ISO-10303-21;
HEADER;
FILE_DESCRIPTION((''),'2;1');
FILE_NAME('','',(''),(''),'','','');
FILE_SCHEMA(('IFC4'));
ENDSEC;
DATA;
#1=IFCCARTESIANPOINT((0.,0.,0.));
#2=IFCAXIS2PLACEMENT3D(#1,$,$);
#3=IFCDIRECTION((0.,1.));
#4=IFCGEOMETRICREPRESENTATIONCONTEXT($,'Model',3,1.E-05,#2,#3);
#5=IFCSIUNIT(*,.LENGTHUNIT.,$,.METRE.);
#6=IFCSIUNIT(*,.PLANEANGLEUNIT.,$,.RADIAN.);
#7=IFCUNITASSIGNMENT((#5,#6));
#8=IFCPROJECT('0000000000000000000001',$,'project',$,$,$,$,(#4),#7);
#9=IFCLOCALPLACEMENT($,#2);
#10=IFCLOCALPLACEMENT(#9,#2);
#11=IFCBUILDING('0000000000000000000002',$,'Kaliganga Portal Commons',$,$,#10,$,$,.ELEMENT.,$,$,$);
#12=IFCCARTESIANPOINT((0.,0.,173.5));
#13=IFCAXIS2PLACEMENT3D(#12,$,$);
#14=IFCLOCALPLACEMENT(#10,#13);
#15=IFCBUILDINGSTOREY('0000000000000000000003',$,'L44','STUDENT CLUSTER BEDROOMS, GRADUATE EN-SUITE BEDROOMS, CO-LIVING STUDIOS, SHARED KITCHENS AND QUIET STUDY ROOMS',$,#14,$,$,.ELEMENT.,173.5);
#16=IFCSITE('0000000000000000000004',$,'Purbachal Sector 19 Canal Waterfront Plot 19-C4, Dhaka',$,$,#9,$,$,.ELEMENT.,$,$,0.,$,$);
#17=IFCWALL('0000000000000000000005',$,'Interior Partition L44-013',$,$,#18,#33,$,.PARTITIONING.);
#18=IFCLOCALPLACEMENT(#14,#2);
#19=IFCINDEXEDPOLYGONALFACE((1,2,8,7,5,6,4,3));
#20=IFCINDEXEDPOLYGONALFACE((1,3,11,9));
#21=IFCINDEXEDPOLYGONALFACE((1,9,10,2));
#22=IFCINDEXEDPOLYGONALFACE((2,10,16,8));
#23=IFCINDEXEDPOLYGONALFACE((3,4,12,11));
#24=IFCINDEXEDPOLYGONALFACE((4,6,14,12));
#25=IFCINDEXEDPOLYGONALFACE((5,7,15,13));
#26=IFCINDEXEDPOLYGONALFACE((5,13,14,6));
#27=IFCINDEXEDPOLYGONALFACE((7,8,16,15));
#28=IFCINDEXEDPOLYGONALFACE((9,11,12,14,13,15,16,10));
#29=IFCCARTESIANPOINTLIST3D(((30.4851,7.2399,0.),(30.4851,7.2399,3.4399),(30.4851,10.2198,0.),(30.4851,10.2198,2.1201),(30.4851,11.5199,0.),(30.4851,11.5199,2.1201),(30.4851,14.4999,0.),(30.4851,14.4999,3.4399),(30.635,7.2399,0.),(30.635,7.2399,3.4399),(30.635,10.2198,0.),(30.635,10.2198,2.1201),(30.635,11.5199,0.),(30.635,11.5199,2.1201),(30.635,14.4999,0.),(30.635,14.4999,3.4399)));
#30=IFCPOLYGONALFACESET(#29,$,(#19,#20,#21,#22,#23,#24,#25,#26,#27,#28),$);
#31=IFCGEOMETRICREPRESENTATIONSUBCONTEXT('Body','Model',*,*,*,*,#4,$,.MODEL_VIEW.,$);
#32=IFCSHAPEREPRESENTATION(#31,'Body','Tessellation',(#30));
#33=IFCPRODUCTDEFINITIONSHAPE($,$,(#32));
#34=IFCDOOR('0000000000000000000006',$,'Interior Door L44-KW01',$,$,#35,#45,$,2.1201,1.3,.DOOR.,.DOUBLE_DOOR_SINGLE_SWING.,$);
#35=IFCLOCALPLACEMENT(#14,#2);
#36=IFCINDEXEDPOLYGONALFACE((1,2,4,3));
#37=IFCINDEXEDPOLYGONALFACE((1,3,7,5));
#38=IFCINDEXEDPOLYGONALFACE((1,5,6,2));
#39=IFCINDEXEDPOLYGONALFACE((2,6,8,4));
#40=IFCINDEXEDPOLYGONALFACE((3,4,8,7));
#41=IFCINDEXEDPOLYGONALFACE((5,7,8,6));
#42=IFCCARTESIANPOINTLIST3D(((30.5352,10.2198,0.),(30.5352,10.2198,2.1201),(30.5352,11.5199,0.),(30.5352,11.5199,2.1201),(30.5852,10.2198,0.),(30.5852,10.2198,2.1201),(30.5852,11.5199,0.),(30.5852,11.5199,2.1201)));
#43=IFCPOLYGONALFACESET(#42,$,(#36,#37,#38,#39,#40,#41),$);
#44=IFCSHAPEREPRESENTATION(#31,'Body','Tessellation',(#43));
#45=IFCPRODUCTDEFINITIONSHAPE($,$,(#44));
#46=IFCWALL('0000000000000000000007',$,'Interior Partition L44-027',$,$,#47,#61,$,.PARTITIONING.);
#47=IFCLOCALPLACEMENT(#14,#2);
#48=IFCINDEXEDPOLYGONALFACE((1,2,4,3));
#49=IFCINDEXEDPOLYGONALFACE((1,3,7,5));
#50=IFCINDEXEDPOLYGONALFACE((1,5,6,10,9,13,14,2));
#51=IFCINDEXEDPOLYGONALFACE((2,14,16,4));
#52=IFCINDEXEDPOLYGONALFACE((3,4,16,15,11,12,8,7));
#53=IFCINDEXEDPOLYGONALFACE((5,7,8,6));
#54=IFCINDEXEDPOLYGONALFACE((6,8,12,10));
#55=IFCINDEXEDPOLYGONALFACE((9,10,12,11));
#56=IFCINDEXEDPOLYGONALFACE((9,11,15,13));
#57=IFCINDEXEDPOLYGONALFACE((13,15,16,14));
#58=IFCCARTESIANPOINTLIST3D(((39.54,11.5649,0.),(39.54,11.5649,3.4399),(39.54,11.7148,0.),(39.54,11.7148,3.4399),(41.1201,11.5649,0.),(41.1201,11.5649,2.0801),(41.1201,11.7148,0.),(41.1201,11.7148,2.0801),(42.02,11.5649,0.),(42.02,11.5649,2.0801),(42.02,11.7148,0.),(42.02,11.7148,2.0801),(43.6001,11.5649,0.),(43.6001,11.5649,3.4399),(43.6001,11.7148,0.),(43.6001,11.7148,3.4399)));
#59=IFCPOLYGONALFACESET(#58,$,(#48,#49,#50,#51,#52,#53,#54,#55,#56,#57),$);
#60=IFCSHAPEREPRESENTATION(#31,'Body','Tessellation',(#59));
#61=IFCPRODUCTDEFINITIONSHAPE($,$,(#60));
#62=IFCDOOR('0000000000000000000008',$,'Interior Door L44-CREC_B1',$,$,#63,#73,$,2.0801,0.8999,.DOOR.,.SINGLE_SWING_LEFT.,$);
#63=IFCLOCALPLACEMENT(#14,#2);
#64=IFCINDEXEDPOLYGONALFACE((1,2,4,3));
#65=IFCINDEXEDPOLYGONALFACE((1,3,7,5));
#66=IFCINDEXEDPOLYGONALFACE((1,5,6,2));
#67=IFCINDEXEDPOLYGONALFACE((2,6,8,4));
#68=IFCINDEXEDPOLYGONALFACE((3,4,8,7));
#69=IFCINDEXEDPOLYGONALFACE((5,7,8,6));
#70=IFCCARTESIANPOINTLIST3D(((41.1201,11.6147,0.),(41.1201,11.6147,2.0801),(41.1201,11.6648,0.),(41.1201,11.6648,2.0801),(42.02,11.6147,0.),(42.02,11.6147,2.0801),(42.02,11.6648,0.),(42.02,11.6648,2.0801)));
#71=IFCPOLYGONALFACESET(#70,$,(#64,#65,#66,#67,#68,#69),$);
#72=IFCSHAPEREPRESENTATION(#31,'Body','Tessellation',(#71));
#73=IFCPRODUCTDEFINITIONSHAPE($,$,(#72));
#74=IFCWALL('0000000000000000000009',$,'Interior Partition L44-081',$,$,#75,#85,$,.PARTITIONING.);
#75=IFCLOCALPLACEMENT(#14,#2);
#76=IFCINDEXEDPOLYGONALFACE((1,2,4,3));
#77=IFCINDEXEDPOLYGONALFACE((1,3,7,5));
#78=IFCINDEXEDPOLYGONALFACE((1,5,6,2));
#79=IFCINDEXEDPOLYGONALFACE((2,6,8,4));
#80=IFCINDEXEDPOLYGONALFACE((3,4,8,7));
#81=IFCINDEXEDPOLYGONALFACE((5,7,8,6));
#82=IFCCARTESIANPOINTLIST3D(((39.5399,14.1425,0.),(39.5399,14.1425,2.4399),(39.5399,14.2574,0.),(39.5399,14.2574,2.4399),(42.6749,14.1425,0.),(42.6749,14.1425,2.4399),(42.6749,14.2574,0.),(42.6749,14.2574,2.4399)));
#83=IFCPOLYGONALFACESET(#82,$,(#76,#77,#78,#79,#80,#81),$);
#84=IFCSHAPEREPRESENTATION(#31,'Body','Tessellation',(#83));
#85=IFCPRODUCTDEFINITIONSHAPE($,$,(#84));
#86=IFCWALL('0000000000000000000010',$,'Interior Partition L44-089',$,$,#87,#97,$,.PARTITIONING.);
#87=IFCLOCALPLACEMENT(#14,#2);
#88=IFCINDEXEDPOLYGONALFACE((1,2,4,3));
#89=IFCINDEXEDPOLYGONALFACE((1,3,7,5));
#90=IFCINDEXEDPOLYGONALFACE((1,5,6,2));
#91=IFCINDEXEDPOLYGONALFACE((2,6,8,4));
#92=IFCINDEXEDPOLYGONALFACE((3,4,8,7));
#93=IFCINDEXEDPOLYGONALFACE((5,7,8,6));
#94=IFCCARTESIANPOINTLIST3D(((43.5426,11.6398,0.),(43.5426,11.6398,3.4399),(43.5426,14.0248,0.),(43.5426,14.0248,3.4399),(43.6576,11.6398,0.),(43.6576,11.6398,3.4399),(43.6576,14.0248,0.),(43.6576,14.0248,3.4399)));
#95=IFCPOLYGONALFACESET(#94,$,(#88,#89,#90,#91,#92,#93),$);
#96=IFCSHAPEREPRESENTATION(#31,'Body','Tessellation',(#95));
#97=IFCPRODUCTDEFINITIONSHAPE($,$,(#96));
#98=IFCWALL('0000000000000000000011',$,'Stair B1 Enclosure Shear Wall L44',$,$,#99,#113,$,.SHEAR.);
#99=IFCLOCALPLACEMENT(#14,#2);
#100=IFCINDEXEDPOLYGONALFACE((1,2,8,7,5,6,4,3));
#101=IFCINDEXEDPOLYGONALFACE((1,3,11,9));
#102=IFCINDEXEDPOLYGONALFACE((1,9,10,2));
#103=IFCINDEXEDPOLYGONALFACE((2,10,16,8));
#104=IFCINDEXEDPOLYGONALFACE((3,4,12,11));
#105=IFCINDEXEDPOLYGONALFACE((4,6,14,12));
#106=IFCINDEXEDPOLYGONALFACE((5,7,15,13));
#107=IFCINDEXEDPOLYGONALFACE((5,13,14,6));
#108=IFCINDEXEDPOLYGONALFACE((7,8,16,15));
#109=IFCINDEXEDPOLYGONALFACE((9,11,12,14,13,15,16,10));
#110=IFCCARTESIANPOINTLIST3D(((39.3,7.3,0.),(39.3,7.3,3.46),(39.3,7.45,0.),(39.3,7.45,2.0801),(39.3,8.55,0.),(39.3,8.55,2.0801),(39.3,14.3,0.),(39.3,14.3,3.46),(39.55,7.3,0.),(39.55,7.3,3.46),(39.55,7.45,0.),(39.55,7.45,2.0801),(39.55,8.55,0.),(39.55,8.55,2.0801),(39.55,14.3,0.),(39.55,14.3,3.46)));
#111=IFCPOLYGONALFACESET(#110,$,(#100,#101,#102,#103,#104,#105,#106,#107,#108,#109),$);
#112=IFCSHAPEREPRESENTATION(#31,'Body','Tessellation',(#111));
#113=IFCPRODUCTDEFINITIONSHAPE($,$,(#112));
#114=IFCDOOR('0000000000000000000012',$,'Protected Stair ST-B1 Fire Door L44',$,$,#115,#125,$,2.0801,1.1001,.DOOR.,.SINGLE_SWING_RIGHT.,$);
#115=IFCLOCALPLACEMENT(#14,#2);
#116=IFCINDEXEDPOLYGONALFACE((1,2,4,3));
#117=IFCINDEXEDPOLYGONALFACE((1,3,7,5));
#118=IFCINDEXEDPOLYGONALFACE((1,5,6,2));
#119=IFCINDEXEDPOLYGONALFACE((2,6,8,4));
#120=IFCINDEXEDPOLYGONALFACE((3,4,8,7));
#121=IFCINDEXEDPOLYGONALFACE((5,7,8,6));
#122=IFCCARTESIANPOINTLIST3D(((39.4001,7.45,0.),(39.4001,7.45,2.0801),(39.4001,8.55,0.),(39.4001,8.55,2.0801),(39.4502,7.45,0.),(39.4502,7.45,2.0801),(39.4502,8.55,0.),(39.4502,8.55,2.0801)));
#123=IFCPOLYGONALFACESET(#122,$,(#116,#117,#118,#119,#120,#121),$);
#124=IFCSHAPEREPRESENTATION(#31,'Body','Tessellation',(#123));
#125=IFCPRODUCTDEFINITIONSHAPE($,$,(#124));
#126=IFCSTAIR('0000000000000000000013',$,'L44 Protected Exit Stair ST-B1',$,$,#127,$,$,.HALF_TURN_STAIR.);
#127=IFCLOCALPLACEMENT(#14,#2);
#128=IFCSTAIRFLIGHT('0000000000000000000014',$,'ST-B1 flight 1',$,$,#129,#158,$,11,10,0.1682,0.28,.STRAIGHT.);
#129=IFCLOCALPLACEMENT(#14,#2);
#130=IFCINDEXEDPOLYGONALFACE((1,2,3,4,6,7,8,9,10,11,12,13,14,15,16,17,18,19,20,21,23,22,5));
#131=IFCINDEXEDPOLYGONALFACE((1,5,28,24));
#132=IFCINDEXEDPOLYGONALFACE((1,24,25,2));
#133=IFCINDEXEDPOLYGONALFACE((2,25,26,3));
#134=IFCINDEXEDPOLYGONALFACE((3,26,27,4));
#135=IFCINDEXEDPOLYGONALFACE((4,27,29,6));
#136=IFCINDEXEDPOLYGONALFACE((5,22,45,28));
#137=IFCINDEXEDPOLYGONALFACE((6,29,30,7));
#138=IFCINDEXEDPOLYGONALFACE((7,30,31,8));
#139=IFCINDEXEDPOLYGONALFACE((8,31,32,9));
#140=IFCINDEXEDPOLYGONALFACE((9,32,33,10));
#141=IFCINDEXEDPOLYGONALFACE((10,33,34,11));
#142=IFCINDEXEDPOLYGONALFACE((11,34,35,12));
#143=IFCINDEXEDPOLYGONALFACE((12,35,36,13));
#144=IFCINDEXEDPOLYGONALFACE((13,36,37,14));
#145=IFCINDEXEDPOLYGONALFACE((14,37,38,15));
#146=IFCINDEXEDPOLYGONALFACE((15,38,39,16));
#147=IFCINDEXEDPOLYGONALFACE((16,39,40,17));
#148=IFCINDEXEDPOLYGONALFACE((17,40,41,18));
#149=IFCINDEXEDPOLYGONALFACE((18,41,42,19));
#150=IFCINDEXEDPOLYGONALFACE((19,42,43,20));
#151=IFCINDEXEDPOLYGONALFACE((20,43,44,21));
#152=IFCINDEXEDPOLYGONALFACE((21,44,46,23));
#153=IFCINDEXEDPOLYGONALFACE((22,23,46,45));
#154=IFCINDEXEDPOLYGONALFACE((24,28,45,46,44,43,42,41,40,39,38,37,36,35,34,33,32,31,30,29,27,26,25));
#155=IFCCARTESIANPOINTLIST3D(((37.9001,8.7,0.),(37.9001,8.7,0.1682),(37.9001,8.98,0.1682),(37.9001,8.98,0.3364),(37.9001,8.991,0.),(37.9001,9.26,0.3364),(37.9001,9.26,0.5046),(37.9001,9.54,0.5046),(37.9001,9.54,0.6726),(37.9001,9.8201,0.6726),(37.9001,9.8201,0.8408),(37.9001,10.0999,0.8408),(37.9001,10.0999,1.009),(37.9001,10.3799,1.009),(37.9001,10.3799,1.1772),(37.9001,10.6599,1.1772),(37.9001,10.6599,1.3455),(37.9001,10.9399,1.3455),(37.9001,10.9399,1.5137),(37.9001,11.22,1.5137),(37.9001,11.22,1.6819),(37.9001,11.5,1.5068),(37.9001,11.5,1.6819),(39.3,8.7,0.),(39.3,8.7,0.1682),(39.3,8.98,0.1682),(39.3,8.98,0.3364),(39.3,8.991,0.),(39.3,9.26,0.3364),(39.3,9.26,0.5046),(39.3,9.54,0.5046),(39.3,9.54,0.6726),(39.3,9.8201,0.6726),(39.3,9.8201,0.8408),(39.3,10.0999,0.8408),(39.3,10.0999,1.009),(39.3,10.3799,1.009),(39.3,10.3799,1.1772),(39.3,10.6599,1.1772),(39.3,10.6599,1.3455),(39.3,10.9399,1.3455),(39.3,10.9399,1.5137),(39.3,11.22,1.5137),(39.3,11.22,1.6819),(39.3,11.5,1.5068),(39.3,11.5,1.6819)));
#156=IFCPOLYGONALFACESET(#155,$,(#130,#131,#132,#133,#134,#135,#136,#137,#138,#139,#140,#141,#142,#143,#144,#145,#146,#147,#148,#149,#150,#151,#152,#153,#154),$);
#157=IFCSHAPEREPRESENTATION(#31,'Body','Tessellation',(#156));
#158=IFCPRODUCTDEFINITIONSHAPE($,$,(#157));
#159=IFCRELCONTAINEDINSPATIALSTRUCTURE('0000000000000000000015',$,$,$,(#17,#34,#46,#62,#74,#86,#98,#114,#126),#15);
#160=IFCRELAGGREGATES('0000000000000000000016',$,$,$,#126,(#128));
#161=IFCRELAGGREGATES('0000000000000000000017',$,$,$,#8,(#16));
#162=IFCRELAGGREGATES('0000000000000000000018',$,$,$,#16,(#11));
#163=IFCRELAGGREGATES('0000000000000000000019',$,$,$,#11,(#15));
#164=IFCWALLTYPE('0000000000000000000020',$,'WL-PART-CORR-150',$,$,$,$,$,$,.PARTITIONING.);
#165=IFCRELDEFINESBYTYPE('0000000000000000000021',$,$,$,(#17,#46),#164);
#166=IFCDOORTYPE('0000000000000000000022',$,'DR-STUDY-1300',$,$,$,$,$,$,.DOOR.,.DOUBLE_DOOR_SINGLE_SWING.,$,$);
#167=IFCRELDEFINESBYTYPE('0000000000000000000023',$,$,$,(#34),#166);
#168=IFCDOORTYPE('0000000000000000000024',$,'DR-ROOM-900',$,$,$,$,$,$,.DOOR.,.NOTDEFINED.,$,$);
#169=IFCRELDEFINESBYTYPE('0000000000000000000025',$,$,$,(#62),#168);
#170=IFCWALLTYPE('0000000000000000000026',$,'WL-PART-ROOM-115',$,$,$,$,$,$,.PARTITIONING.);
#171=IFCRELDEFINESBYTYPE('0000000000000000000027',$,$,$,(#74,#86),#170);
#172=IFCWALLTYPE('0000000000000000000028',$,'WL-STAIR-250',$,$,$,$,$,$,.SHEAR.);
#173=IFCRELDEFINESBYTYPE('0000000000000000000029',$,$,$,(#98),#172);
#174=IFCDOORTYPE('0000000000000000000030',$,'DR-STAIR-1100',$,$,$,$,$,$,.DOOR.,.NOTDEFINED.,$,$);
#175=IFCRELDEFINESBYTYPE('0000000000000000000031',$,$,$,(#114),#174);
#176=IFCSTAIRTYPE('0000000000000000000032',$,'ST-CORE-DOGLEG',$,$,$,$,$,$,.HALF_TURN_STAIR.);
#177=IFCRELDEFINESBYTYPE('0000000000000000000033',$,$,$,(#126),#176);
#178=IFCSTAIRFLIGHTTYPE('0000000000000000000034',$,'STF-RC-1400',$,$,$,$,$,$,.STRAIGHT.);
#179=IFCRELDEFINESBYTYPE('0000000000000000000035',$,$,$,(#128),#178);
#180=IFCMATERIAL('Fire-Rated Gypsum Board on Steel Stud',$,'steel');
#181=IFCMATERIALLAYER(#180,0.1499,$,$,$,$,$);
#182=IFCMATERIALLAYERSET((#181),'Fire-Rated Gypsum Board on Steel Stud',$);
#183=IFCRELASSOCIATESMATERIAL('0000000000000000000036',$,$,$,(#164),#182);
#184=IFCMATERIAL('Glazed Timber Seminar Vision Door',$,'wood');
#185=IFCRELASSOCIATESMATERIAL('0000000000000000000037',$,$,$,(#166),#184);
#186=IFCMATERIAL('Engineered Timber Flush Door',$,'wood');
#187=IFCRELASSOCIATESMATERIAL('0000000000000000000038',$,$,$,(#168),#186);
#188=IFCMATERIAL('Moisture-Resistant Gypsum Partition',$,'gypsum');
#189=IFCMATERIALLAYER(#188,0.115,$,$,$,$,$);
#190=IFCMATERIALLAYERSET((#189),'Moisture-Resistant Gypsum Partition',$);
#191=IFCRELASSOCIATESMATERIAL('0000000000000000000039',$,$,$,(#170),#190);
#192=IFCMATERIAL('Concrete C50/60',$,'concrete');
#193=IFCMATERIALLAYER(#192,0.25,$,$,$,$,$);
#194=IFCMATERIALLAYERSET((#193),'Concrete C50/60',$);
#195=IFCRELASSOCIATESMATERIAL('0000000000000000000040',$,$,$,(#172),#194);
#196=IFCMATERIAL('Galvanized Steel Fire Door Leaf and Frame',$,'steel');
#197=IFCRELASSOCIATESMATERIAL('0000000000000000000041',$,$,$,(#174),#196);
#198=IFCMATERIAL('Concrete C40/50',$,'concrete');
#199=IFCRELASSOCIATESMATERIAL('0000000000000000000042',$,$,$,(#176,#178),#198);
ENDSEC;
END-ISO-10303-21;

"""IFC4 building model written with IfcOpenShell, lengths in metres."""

from ifc_helpers import new_model, si_unit, direction, frame, frame_2d, origin, place, context, subcontext, project, spatial, polyline, rectangle, outline, extrude, material, layer, layer_set, type_object, element, fill, aggregate, save


model = new_model("IFC4")

# Units and contexts
model_context = context("Model", 3, precision=1e-05, world=origin(), true_north=direction((0.0, 1.0)))
body_context = subcontext(model_context, "Body", "Model", "MODEL_VIEW")
ifc_project = project(units=[si_unit("LENGTHUNIT", "METRE"), si_unit("PLANEANGLEUNIT", "RADIAN")], contexts=[model_context])

# Site, building, storey
site_placement = place(None, origin())
site = spatial("IfcSite", under=ifc_project, at=site_placement, Name="Purbachal Sector 19 Canal Waterfront Plot 19-C4, Dhaka", CompositionType="ELEMENT", RefElevation=0.0)
building_placement = place(site_placement, origin())
building = spatial("IfcBuilding", under=site, at=building_placement, Name="Kaliganga Portal Commons", CompositionType="ELEMENT")
storey_placement = place(building_placement, frame((0.0, 0.0, 173.5)))
storey = spatial("IfcBuildingStorey", under=building, at=storey_placement, Name="L44", Description="STUDENT CLUSTER BEDROOMS, GRADUATE EN-SUITE BEDROOMS, CO-LIVING STUDIOS, SHARED KITCHENS AND QUIET STUDY ROOMS", CompositionType="ELEMENT", Elevation=173.5)

# Shared definitions
ifc_material_1 = material(Name="Concrete C50/60", Category="concrete")

# Walls, openings, doors
ifc_material_2 = material(Name="Fire-Rated Gypsum Board on Steel Stud", Category="steel")
ifc_layer_1 = layer(ifc_material_2, 0.1499)
ifc_layer_set_1 = layer_set([ifc_layer_1], Name="Fire-Rated Gypsum Board on Steel Stud")
wall_type_1 = type_object("IfcWallType", Name="WL-PART-CORR-150", PredefinedType="PARTITIONING", material=ifc_layer_set_1)
wall_1_placement = place(storey_placement, frame((30.5601, 7.24, 0.0), z_axis=(0.0, 0.0, 1.0), x_axis=(0.0, 1.0, 0.0)))
wall_1 = element("IfcWall", 1, at=wall_1_placement, inside=storey, type_object=wall_type_1, Name="Interior Partition L44-013", PredefinedType="PARTITIONING", context=body_context, shape_type="SweptSolid", body=[
    extrude(rectangle(XDim=7.26, YDim=0.1499, at=frame_2d((3.6299, 0.0))), origin(), (0.0, 0.0, 1.0), 3.4399),
])
opening_1_placement = place(wall_1_placement, frame((2.98, 0.0, 0.0)))
opening_1 = element("IfcOpeningElement", 2, at=opening_1_placement, cuts=wall_1, PredefinedType="OPENING", context=body_context, shape_type="SweptSolid", body=[
    extrude(rectangle(XDim=1.3, YDim=2.1201, at=frame_2d((0.6499, 1.0601))), frame((0.0, 0.085, 0.0), z_axis=(0.0, -1.0, 0.0), x_axis=(1.0, 0.0, 0.0)), (0.0, 0.0, 1.0), 0.1699),
])
ifc_material_3 = material(Name="Glazed Timber Seminar Vision Door", Category="wood")
door_type_1 = type_object("IfcDoorType", Name="DR-STUDY-1300", OperationType="DOUBLE_DOOR_SINGLE_SWING", PredefinedType="DOOR", material=ifc_material_3)
door_1_placement = place(opening_1_placement, origin())
door_1 = element("IfcDoor", 3, at=door_1_placement, inside=storey, type_object=door_type_1, Name="Interior Door L44-KW01", OperationType="DOUBLE_DOOR_SINGLE_SWING", OverallHeight=2.1201, OverallWidth=1.3, PredefinedType="DOOR", context=body_context, shape_type="SweptSolid", body=[
    extrude(rectangle(XDim=1.3, YDim=2.1201, at=frame_2d((0.6499, 1.0601))), frame((0.0, 0.0249, 0.0), z_axis=(0.0, -1.0, 0.0), x_axis=(1.0, 0.0, 0.0)), (0.0, 0.0, 1.0), 0.05),
])
fill(opening_1, door_1)
wall_2_placement = place(storey_placement, frame((39.54, 11.6399, 0.0), z_axis=(0.0, 0.0, 1.0), x_axis=(1.0, 0.0, 0.0)))
wall_2 = element("IfcWall", 4, at=wall_2_placement, inside=storey, type_object=wall_type_1, Name="Interior Partition L44-027", PredefinedType="PARTITIONING", context=body_context, shape_type="SweptSolid", body=[
    extrude(rectangle(XDim=4.0601, YDim=0.1499, at=frame_2d((2.03, 0.0))), origin(), (0.0, 0.0, 1.0), 3.4399),
])
opening_2_placement = place(wall_2_placement, frame((1.5801, 0.0, 0.0)))
opening_2 = element("IfcOpeningElement", 5, at=opening_2_placement, cuts=wall_2, PredefinedType="OPENING", context=body_context, shape_type="SweptSolid", body=[
    extrude(rectangle(XDim=0.8999, YDim=2.0801, at=frame_2d((0.45, 1.04))), frame((0.0, 0.085, 0.0), z_axis=(0.0, -1.0, 0.0), x_axis=(1.0, 0.0, 0.0)), (0.0, 0.0, 1.0), 0.1699),
])
ifc_material_4 = material(Name="Engineered Timber Flush Door", Category="wood")
door_type_2 = type_object("IfcDoorType", Name="DR-ROOM-900", OperationType="NOTDEFINED", PredefinedType="DOOR", material=ifc_material_4)
door_2_placement = place(opening_2_placement, origin())
door_2 = element("IfcDoor", 6, at=door_2_placement, inside=storey, type_object=door_type_2, Name="Interior Door L44-CREC_B1", OperationType="SINGLE_SWING_LEFT", OverallHeight=2.0801, OverallWidth=0.8999, PredefinedType="DOOR", context=body_context, shape_type="SweptSolid", body=[
    extrude(rectangle(XDim=0.8999, YDim=2.0801, at=frame_2d((0.45, 1.04))), frame((0.0, 0.0249, 0.0), z_axis=(0.0, -1.0, 0.0), x_axis=(1.0, 0.0, 0.0)), (0.0, 0.0, 1.0), 0.05),
])
fill(opening_2, door_2)

# Walls
ifc_material_5 = material(Name="Moisture-Resistant Gypsum Partition", Category="gypsum")
ifc_layer_2 = layer(ifc_material_5, 0.115)
ifc_layer_set_2 = layer_set([ifc_layer_2], Name="Moisture-Resistant Gypsum Partition")
wall_type_2 = type_object("IfcWallType", Name="WL-PART-ROOM-115", PredefinedType="PARTITIONING", material=ifc_layer_set_2)
wall_3_placement = place(storey_placement, frame((39.54, 14.2, 0.0), z_axis=(0.0, 0.0, 1.0), x_axis=(1.0, 0.0, 0.0)))
element("IfcWall", 7, at=wall_3_placement, inside=storey, type_object=wall_type_2, Name="Interior Partition L44-081", PredefinedType="PARTITIONING", context=body_context, shape_type="SweptSolid", body=[
    extrude(rectangle(XDim=3.135, YDim=0.115, at=frame_2d((1.5674, 0.0))), origin(), (0.0, 0.0, 1.0), 2.4399),
])
wall_4_placement = place(storey_placement, frame((43.6001, 11.6399, 0.0), z_axis=(0.0, 0.0, 1.0), x_axis=(0.0, 1.0, 0.0)))
element("IfcWall", 8, at=wall_4_placement, inside=storey, type_object=wall_type_2, Name="Interior Partition L44-089", PredefinedType="PARTITIONING", context=body_context, shape_type="SweptSolid", body=[
    extrude(rectangle(XDim=2.385, YDim=0.115, at=frame_2d((1.1924, 0.0))), origin(), (0.0, 0.0, 1.0), 3.4399),
])

# Wall, opening, door
ifc_layer_3 = layer(ifc_material_1, 0.25)
ifc_layer_set_3 = layer_set([ifc_layer_3], Name="Concrete C50/60")
wall_type_3 = type_object("IfcWallType", Name="WL-STAIR-250", PredefinedType="SHEAR", material=ifc_layer_set_3)
wall_5_placement = place(storey_placement, frame((39.425, 7.3, 0.0), z_axis=(0.0, 0.0, 1.0), x_axis=(0.0, 1.0, 0.0)))
wall_5 = element("IfcWall", 9, at=wall_5_placement, inside=storey, type_object=wall_type_3, Name="Stair B1 Enclosure Shear Wall L44", PredefinedType="SHEAR", context=body_context, shape_type="SweptSolid", body=[
    extrude(rectangle(XDim=7.0, YDim=0.25, at=frame_2d((3.5, 0.0))), origin(), (0.0, 0.0, 1.0), 3.46),
])
opening_3_placement = place(wall_5_placement, frame((0.1499, 0.0, 0.0)))
opening_3 = element("IfcOpeningElement", 10, at=opening_3_placement, cuts=wall_5, PredefinedType="OPENING", context=body_context, shape_type="SweptSolid", body=[
    extrude(rectangle(XDim=1.1001, YDim=2.0801, at=frame_2d((0.55, 1.04))), frame((0.0, 0.135, 0.0), z_axis=(0.0, -1.0, 0.0), x_axis=(1.0, 0.0, 0.0)), (0.0, 0.0, 1.0), 0.27),
])
ifc_material_6 = material(Name="Galvanized Steel Fire Door Leaf and Frame", Category="steel")
door_type_3 = type_object("IfcDoorType", Name="DR-STAIR-1100", OperationType="NOTDEFINED", PredefinedType="DOOR", material=ifc_material_6)
door_3_placement = place(opening_3_placement, origin())
door_3 = element("IfcDoor", 11, at=door_3_placement, inside=storey, type_object=door_type_3, Name="Protected Stair ST-B1 Fire Door L44", OperationType="SINGLE_SWING_RIGHT", OverallHeight=2.0801, OverallWidth=1.1001, PredefinedType="DOOR", context=body_context, shape_type="SweptSolid", body=[
    extrude(rectangle(XDim=1.1001, YDim=2.0801, at=frame_2d((0.55, 1.04))), frame((0.0, 0.0249, 0.0), z_axis=(0.0, -1.0, 0.0), x_axis=(1.0, 0.0, 0.0)), (0.0, 0.0, 1.0), 0.05),
])
fill(opening_3, door_3)

# Stair, stair flight
ifc_material_7 = material(Name="Concrete C40/50", Category="concrete")
stair_type = type_object("IfcStairType", Name="ST-CORE-DOGLEG", PredefinedType="HALF_TURN_STAIR", material=ifc_material_7)
stair_placement = place(storey_placement, origin())
stair = element("IfcStair", 12, at=stair_placement, inside=storey, type_object=stair_type, Name="L44 Protected Exit Stair ST-B1", PredefinedType="HALF_TURN_STAIR")
stair_flight_type = type_object("IfcStairFlightType", Name="STF-RC-1400", PredefinedType="STRAIGHT", material=ifc_material_7)
stair_flight_1_placement = place(storey_placement, frame((38.6001, 8.7, 0.0), z_axis=(0.0, 0.0, 1.0), x_axis=(0.0, 1.0, 0.0)))
stair_flight_1 = element("IfcStairFlight", 13, at=stair_flight_1_placement, type_object=stair_flight_type, Name="ST-B1 flight 1", NumberOfRisers=11, NumberOfTreads=10, PredefinedType="STRAIGHT", RiserHeight=0.1682, TreadLength=0.28, context=body_context, shape_type="SweptSolid", body=[
    extrude(outline(polyline([(0.0, 0.0), (0.0, 0.1682), (0.28, 0.1682), (0.28, 0.3364), (0.5601, 0.3364), (0.5601, 0.5046), (0.8401, 0.5046), (0.8401, 0.6726), (1.1201, 0.6726), (1.1201, 0.8408), (1.3999, 0.8408), (1.3999, 1.009), (1.6799, 1.009), (1.6799, 1.1772), (1.96, 1.1772), (1.96, 1.3455), (2.24, 1.3455), (2.24, 1.5137), (2.52, 1.5137), (2.52, 1.6819), (2.8, 1.6819), (2.8, 1.8501), (2.8, 1.5068), (0.291, 0.0), (0.0, 0.0)])), frame((0.0, 0.7, 0.0), z_axis=(0.0, -1.0, 0.0), x_axis=(1.0, 0.0, 0.0)), (0.0, 0.0, 1.0), 1.3999),
])
aggregate(stair, [stair_flight_1])

save(model, "model.ifc")
